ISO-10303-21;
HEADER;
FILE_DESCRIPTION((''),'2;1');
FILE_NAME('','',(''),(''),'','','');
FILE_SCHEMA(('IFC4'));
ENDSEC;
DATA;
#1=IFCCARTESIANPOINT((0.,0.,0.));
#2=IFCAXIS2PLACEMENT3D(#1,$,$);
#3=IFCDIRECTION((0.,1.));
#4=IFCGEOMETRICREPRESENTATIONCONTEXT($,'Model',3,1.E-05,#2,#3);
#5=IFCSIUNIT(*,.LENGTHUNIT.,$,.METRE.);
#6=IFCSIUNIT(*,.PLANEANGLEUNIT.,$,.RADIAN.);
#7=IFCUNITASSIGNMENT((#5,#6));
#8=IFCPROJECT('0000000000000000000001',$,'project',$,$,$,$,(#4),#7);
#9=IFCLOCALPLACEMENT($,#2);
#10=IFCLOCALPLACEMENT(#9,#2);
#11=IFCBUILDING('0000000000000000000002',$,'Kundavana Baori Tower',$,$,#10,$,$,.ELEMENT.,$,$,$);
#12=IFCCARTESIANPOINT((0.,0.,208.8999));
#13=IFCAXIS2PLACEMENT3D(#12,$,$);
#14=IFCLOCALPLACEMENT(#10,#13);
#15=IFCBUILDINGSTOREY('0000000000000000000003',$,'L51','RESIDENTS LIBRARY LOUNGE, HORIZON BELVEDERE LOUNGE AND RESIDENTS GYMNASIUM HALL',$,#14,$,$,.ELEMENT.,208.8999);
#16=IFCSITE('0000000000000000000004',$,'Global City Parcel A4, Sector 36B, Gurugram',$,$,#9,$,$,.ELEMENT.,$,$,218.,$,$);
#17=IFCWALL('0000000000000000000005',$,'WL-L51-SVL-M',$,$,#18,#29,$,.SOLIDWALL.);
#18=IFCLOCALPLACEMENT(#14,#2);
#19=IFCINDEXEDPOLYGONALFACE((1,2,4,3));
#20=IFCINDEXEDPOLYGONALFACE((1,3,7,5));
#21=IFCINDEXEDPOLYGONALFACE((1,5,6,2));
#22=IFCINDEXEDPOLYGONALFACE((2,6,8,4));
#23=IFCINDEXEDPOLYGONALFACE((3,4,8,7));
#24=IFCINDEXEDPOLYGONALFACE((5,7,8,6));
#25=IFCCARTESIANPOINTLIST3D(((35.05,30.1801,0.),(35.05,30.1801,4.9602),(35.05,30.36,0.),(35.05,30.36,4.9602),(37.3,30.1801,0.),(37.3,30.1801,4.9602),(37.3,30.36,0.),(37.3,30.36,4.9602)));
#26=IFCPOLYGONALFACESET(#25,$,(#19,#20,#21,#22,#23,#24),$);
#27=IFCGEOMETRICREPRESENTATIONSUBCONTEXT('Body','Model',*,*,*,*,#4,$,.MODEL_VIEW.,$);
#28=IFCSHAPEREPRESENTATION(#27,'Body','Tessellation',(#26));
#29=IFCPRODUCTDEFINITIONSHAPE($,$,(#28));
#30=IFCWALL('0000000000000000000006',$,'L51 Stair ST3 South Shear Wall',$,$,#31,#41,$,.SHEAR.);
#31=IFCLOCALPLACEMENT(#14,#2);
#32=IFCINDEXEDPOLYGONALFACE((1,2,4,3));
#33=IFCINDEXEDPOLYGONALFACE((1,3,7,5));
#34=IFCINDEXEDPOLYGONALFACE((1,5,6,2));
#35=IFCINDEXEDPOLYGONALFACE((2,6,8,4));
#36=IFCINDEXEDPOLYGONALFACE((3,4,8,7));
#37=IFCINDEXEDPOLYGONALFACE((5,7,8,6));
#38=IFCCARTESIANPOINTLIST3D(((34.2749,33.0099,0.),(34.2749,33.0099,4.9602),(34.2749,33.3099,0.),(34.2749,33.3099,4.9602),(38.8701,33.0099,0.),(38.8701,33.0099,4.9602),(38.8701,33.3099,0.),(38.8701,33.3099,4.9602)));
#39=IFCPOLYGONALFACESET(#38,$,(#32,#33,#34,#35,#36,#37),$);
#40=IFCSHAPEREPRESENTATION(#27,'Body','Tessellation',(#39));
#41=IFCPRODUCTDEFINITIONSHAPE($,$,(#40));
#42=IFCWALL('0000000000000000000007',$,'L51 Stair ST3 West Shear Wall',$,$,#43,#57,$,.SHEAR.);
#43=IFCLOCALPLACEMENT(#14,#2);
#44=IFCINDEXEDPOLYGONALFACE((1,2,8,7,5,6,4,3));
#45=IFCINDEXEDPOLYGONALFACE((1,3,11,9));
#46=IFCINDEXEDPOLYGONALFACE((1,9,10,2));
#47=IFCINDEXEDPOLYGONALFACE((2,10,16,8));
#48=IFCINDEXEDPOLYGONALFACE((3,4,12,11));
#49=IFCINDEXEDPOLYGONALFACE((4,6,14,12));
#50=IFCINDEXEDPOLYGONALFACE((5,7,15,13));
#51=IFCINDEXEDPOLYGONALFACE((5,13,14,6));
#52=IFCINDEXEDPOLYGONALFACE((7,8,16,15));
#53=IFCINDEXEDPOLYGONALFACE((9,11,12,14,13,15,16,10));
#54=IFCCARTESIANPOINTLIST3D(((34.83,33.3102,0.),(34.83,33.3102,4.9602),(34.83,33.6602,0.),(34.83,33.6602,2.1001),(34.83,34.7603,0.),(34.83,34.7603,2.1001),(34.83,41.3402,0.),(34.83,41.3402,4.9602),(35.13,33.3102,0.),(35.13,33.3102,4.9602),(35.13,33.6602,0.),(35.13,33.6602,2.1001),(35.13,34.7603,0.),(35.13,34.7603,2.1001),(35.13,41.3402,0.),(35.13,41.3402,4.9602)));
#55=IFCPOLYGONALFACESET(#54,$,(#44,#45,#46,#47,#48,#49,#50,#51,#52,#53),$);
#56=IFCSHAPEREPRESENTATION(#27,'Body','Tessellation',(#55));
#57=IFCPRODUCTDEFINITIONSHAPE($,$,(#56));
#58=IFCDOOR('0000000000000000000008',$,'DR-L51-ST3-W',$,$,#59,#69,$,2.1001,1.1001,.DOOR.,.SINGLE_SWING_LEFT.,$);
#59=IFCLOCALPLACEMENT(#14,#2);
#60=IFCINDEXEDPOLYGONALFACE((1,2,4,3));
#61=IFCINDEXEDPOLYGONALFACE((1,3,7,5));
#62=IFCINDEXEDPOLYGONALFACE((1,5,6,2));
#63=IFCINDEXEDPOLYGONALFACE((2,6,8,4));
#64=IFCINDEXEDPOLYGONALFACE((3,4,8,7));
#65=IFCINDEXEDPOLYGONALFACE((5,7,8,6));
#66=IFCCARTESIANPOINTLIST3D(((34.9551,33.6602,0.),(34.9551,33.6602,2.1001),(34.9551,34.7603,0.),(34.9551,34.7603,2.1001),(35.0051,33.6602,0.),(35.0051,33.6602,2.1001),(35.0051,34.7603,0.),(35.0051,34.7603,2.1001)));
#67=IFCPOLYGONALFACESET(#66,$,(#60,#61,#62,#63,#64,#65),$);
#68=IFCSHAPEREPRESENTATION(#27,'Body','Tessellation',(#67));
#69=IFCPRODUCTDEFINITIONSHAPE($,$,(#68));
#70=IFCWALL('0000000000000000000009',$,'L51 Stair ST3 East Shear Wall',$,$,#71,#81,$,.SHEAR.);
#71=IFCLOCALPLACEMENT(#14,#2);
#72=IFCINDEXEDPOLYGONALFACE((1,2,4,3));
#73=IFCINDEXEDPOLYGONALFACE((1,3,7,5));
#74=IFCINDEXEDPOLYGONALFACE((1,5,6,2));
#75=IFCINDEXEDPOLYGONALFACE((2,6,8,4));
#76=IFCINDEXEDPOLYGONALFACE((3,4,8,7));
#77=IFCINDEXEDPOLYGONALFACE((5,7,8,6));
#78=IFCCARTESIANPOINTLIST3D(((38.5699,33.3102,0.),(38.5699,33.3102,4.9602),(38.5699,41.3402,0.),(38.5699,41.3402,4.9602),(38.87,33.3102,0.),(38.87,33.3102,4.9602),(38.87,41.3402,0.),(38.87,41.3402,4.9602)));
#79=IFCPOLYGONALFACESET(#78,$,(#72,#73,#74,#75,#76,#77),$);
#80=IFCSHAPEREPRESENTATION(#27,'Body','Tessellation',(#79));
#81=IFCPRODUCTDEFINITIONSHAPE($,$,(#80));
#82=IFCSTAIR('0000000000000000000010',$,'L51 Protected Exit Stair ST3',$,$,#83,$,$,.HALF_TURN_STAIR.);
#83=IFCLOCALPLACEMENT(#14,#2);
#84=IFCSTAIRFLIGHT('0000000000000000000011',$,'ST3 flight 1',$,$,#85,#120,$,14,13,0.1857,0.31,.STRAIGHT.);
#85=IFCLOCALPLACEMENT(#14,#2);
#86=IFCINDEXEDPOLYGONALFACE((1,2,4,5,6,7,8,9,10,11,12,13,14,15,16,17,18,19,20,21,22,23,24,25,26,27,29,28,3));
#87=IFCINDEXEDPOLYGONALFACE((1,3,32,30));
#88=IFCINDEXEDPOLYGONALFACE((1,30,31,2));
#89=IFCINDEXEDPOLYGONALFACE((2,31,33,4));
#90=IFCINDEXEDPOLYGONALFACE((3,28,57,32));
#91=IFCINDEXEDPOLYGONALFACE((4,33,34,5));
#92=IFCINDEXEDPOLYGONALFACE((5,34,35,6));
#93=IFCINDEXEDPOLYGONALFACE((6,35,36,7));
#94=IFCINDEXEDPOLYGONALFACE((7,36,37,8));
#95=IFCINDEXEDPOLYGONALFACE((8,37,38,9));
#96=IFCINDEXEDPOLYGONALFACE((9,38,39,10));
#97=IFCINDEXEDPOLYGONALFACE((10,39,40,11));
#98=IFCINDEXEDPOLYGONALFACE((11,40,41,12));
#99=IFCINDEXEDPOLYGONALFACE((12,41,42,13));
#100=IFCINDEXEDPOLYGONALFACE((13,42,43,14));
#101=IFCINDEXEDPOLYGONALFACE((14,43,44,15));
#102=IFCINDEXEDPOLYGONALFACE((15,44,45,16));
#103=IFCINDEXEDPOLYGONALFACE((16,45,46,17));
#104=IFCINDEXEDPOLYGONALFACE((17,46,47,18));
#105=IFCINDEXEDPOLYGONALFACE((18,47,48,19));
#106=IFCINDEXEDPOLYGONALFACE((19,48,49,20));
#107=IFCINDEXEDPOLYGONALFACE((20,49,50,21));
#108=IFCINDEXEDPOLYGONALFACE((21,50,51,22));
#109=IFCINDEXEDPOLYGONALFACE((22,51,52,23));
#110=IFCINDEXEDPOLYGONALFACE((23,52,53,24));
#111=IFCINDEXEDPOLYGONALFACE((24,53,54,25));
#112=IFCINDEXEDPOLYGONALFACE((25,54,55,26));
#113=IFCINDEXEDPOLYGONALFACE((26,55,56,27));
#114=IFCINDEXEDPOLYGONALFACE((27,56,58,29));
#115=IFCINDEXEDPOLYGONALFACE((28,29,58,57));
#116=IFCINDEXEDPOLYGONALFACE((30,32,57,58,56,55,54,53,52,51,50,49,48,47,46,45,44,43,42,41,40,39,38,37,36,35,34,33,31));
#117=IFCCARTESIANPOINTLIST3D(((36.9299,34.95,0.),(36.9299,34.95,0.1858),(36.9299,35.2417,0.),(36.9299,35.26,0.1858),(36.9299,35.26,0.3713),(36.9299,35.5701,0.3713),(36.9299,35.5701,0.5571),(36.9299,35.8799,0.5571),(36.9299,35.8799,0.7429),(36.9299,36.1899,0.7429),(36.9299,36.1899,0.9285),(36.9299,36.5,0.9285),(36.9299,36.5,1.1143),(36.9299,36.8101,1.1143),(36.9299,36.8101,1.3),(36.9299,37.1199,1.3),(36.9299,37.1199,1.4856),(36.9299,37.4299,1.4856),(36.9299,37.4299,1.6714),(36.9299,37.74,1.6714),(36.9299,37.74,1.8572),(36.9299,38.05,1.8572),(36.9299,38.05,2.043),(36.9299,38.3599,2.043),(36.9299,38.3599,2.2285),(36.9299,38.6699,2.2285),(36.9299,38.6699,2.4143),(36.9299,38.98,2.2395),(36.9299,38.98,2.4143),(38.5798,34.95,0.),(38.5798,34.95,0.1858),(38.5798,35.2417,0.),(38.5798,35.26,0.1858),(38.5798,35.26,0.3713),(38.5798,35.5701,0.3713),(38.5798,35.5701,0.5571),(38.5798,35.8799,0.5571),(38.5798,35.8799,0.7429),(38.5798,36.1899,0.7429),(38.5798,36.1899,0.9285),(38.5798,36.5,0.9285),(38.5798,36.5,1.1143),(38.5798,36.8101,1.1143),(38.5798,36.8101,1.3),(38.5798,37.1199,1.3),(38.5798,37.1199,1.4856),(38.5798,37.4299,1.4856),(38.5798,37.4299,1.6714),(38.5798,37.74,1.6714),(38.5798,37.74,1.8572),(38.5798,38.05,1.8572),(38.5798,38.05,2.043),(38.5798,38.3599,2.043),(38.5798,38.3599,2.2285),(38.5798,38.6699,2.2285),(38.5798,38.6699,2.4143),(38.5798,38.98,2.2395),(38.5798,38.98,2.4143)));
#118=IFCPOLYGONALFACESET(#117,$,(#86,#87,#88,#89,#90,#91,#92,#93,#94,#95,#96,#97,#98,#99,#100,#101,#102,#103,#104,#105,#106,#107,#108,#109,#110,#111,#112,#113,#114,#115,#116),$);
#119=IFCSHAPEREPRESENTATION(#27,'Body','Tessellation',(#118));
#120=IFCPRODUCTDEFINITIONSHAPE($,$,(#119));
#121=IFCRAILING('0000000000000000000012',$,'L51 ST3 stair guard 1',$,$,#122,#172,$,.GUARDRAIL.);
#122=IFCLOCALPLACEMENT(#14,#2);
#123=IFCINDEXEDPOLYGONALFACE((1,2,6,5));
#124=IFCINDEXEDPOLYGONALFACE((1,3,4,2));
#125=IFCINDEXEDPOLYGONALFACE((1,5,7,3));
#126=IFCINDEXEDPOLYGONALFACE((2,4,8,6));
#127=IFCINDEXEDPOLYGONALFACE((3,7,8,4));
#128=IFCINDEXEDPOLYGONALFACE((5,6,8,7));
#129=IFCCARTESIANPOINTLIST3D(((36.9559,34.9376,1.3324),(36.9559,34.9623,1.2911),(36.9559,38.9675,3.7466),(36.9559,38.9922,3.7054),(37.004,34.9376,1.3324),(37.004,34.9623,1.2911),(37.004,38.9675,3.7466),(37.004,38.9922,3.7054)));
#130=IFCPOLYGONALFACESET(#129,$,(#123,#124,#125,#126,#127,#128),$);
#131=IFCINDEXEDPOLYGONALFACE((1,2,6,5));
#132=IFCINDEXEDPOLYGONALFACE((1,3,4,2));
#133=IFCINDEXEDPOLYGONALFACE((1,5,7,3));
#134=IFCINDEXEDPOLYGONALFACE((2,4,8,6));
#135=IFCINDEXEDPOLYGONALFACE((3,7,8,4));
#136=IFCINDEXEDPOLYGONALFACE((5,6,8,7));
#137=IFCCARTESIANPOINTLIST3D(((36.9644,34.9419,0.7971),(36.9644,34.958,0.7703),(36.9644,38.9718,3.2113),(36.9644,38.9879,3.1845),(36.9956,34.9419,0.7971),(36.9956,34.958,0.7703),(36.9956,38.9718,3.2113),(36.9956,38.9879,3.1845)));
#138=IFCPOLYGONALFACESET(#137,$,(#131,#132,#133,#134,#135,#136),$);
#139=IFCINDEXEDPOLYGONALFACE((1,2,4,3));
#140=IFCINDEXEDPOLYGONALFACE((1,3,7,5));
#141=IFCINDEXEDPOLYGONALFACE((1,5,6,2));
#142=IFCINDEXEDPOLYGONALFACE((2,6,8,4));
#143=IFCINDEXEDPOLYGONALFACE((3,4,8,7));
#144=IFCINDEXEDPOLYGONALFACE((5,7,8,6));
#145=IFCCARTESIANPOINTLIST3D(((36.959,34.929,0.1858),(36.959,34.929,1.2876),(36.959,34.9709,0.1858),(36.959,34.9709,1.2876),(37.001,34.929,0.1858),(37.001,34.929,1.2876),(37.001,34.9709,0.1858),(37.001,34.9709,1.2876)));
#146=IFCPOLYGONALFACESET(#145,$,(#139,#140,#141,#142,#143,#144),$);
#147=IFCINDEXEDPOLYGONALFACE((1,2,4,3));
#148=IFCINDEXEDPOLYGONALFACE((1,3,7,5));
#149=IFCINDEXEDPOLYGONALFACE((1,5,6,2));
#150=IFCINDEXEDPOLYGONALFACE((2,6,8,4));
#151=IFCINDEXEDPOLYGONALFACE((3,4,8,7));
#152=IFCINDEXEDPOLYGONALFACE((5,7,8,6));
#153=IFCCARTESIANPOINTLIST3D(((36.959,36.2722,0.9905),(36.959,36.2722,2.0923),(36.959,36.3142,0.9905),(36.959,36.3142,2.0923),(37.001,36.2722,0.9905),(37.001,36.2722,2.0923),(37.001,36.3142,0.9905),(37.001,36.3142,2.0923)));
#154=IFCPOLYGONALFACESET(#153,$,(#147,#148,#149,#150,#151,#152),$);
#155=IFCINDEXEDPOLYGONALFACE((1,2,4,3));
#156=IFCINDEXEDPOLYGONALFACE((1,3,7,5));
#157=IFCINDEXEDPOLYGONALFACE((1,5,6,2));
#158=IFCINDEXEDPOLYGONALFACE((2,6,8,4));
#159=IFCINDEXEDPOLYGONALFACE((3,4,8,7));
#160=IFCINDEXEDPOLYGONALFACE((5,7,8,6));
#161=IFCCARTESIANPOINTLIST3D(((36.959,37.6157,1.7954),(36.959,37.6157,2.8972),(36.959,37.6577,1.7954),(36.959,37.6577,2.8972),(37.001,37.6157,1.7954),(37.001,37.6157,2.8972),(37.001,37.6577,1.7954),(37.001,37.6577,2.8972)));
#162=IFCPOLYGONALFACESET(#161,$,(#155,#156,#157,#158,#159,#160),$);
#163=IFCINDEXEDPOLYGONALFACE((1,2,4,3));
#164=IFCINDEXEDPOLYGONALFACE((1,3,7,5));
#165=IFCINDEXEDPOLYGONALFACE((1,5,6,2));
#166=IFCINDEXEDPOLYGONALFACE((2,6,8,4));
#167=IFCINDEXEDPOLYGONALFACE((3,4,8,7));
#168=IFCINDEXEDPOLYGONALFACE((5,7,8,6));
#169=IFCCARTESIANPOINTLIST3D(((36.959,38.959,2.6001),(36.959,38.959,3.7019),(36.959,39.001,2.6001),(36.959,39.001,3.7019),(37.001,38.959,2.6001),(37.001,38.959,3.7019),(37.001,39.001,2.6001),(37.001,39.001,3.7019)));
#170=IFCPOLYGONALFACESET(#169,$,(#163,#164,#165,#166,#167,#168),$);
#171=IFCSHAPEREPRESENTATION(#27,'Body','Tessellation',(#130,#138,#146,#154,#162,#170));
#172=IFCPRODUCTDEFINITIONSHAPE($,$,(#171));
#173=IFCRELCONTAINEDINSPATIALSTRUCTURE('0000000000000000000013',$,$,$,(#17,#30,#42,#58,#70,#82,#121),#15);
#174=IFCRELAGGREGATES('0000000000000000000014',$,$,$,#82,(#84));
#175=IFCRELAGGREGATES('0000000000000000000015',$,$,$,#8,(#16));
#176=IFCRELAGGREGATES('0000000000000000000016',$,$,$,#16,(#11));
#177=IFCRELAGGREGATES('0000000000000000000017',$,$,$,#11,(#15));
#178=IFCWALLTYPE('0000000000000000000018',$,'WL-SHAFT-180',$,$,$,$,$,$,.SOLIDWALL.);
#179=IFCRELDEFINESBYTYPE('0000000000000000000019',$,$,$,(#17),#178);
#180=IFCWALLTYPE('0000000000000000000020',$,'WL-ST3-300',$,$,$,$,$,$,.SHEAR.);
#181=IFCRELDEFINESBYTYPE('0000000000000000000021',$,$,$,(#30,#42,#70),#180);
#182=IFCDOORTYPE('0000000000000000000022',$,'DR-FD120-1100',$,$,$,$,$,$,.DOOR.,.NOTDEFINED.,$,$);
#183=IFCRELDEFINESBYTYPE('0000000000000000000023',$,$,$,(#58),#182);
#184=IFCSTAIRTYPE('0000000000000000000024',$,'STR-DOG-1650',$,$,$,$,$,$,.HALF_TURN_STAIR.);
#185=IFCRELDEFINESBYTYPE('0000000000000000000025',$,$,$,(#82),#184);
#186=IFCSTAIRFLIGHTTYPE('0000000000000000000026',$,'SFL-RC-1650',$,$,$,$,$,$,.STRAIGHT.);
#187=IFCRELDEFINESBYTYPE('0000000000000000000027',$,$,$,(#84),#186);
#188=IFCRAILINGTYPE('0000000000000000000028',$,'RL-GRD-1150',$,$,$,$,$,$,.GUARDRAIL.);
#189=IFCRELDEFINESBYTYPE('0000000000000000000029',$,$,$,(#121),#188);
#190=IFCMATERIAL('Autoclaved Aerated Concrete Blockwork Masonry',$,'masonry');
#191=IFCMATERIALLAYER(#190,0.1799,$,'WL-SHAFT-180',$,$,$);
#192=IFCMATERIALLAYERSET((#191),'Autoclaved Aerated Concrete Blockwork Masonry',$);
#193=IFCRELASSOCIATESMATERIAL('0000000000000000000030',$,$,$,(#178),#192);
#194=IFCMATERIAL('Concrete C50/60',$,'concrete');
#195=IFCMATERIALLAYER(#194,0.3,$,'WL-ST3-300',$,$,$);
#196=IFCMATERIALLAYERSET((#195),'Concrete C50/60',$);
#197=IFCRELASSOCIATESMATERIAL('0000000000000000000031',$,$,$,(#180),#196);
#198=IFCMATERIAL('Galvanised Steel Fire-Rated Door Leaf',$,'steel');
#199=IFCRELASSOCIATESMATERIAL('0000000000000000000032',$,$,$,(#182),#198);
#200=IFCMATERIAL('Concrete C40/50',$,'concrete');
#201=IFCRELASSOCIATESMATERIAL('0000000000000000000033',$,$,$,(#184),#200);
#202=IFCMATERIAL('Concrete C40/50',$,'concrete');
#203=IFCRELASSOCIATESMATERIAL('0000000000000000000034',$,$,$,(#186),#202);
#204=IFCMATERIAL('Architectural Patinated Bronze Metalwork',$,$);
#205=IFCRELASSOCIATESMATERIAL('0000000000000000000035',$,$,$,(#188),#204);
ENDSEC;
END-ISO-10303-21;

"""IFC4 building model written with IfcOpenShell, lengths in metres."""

from ifc_helpers import new_model, si_unit, direction, frame, frame_2d, origin, origin_2d, place, context, subcontext, project, spatial, polyline, rectangle, outline, extrude, material, layer, layer_set, type_object, element, fill, aggregate, save


model = new_model("IFC4")

# Units and contexts
model_context = context("Model", 3, precision=1e-05, world=origin(), true_north=direction((0.0, 1.0)))
body_context = subcontext(model_context, "Body", "Model", "MODEL_VIEW")
ifc_project = project(units=[si_unit("LENGTHUNIT", "METRE"), si_unit("PLANEANGLEUNIT", "RADIAN")], contexts=[model_context])

# Site, building, storey
site_placement = place(None, origin())
site = spatial("IfcSite", under=ifc_project, at=site_placement, Name="Global City Parcel A4, Sector 36B, Gurugram", CompositionType="ELEMENT", RefElevation=218.0)
building_placement = place(site_placement, origin())
building = spatial("IfcBuilding", under=site, at=building_placement, Name="Kundavana Baori Tower", CompositionType="ELEMENT")
storey_placement = place(building_placement, frame((0.0, 0.0, 208.8999)))
storey = spatial("IfcBuildingStorey", under=building, at=storey_placement, Name="L51", Description="RESIDENTS LIBRARY LOUNGE, HORIZON BELVEDERE LOUNGE AND RESIDENTS GYMNASIUM HALL", CompositionType="ELEMENT", Elevation=208.8999)

# Shared definitions
ifc_material_1 = material(Name="Autoclaved Aerated Concrete Blockwork Masonry", Category="masonry")
ifc_layer_1 = layer(ifc_material_1, 0.1799, Name="WL-SHAFT-180")
ifc_layer_set_1 = layer_set([ifc_layer_1], Name="Autoclaved Aerated Concrete Blockwork Masonry")
wall_type_1 = type_object("IfcWallType", Name="WL-SHAFT-180", PredefinedType="SOLIDWALL", material=ifc_layer_set_1)

# Walls
for number, where, z_axis, x_axis, name in (
    (1, (35.05, 30.27, 0.0), (0.0, 0.0, 1.0), (1.0, 0.0, 0.0), "WL-L51-SVL-M"),
):
    element("IfcWall", number, at=place(storey_placement, frame(where, z_axis=z_axis, x_axis=x_axis)), inside=storey, type_object=wall_type_1, Name=name, PredefinedType="SOLIDWALL", context=body_context, shape_type="SweptSolid", body=[
        extrude(rectangle(XDim=2.25, YDim=0.1799, at=frame_2d((1.125, 0.0))), origin(), (0.0, 0.0, 1.0), 4.9602),
    ])
ifc_material_2 = material(Name="Concrete C50/60", Category="concrete")
ifc_layer_2 = layer(ifc_material_2, 0.3, Name="WL-ST3-300")
ifc_layer_set_2 = layer_set([ifc_layer_2], Name="Concrete C50/60")
wall_type_2 = type_object("IfcWallType", Name="WL-ST3-300", PredefinedType="SHEAR", material=ifc_layer_set_2)
wall_1_placement = place(storey_placement, frame((34.2749, 33.1599, 0.0), z_axis=(0.0, 0.0, 1.0), x_axis=(1.0, 0.0, 0.0)))
element("IfcWall", 2, at=wall_1_placement, inside=storey, type_object=wall_type_2, Name="L51 Stair ST3 South Shear Wall", PredefinedType="SHEAR", context=body_context, shape_type="SweptSolid", body=[
    extrude(rectangle(XDim=4.5952, YDim=0.3, at=frame_2d((2.2976, 0.0))), origin(), (0.0, 0.0, 1.0), 4.9602),
])

# Wall, opening, door
wall_2_placement = place(storey_placement, frame((34.98, 33.3101, 0.0), z_axis=(0.0, 0.0, 1.0), x_axis=(0.0, 1.0, 0.0)))
wall_2 = element("IfcWall", 3, at=wall_2_placement, inside=storey, type_object=wall_type_2, Name="L51 Stair ST3 West Shear Wall", PredefinedType="SHEAR", context=body_context, shape_type="SweptSolid", body=[
    extrude(rectangle(XDim=8.03, YDim=0.3, at=frame_2d((4.0151, 0.0))), origin(), (0.0, 0.0, 1.0), 4.9602),
])
opening_1_placement = place(wall_2_placement, frame((0.3501, 0.0, 0.0)))
opening_1 = element("IfcOpeningElement", 4, at=opening_1_placement, cuts=wall_2, PredefinedType="OPENING", context=body_context, shape_type="SweptSolid", body=[
    extrude(rectangle(XDim=1.1001, YDim=2.1001, at=frame_2d((0.55, 1.05))), frame((0.0, 0.1602, 0.0), z_axis=(0.0, -1.0, 0.0), x_axis=(1.0, 0.0, 0.0)), (0.0, 0.0, 1.0), 0.3201),
])
ifc_material_3 = material(Name="Galvanised Steel Fire-Rated Door Leaf", Category="steel")
door_type_1 = type_object("IfcDoorType", Name="DR-FD120-1100", OperationType="NOTDEFINED", PredefinedType="DOOR", material=ifc_material_3)
door_1_placement = place(opening_1_placement, origin())
door_1 = element("IfcDoor", 5, at=door_1_placement, inside=storey, type_object=door_type_1, Name="DR-L51-ST3-W", OperationType="SINGLE_SWING_LEFT", OverallHeight=2.1001, OverallWidth=1.1001, PredefinedType="DOOR", context=body_context, shape_type="SweptSolid", body=[
    extrude(rectangle(XDim=1.1001, YDim=2.1001, at=frame_2d((0.55, 1.05))), frame((0.0, 0.0249, 0.0), z_axis=(0.0, -1.0, 0.0), x_axis=(1.0, 0.0, 0.0)), (0.0, 0.0, 1.0), 0.05),
])
fill(opening_1, door_1)

# Wall
wall_3_placement = place(storey_placement, frame((38.72, 33.3101, 0.0), z_axis=(0.0, 0.0, 1.0), x_axis=(0.0, 1.0, 0.0)))
element("IfcWall", 6, at=wall_3_placement, inside=storey, type_object=wall_type_2, Name="L51 Stair ST3 East Shear Wall", PredefinedType="SHEAR", context=body_context, shape_type="SweptSolid", body=[
    extrude(rectangle(XDim=8.03, YDim=0.3, at=frame_2d((4.0151, 0.0))), origin(), (0.0, 0.0, 1.0), 4.9602),
])

# Stair, stair flight
ifc_material_4 = material(Name="Concrete C40/50", Category="concrete")
stair_type = type_object("IfcStairType", Name="STR-DOG-1650", PredefinedType="HALF_TURN_STAIR", material=ifc_material_4)
stair_placement = place(storey_placement, origin())
stair = element("IfcStair", 7, at=stair_placement, inside=storey, type_object=stair_type, Name="L51 Protected Exit Stair ST3", PredefinedType="HALF_TURN_STAIR")
ifc_material_5 = material(Name="Concrete C40/50", Category="concrete")
stair_flight_type = type_object("IfcStairFlightType", Name="SFL-RC-1650", PredefinedType="STRAIGHT", material=ifc_material_5)
stair_flight_placement = place(storey_placement, frame((37.7549, 34.95, 0.0), z_axis=(0.0, 0.0, 1.0), x_axis=(0.0, 1.0, 0.0)))
stair_flight = element("IfcStairFlight", 8, at=stair_flight_placement, type_object=stair_flight_type, Name="ST3 flight 1", NumberOfRisers=14, NumberOfTreads=13, PredefinedType="STRAIGHT", RiserHeight=0.1857, TreadLength=0.31, context=body_context, shape_type="SweptSolid", body=[
    extrude(outline(polyline([(0.0, 0.0), (0.0, 0.1858), (0.3101, 0.1858), (0.3101, 0.3713), (0.6201, 0.3713), (0.6201, 0.5571), (0.9299, 0.5571), (0.9299, 0.7429), (1.24, 0.7429), (1.24, 0.9285), (1.55, 0.9285), (1.55, 1.1143), (1.8601, 1.1143), (1.8601, 1.3), (2.1699, 1.3), (2.1699, 1.4856), (2.48, 1.4856), (2.48, 1.6714), (2.79, 1.6714), (2.79, 1.8572), (3.1001, 1.8572), (3.1001, 2.043), (3.4099, 2.043), (3.4099, 2.2285), (3.72, 2.2285), (3.72, 2.4143), (4.03, 2.4143), (4.03, 2.6001), (4.03, 2.2395), (0.2917, 0.0), (0.0, 0.0)])), frame((0.0, 0.825, 0.0), z_axis=(0.0, -1.0, 0.0), x_axis=(1.0, 0.0, 0.0)), (0.0, 0.0, 1.0), 1.6499),
])
aggregate(stair, [stair_flight])

# Railing
ifc_material_6 = material(Name="Architectural Patinated Bronze Metalwork")
railing_type_1 = type_object("IfcRailingType", Name="RL-GRD-1150", PredefinedType="GUARDRAIL", material=ifc_material_6)
railing_1_placement = place(storey_placement, frame((36.98, 34.95, 0.1858)))
element("IfcRailing", 9, at=railing_1_placement, inside=storey, type_object=railing_type_1, Name="L51 ST3 stair guard 1", PredefinedType="GUARDRAIL", context=body_context, shape_type="SweptSolid", body=[
    extrude(rectangle(XDim=0.0481, YDim=0.0481, at=origin_2d()), frame((0.0, 0.0, 1.126), z_axis=(0.0, 0.857841, 0.513915), x_axis=(-1.0, 0.0, 0.0)), (0.0, 0.0, 1.0), 4.6978),
    extrude(rectangle(XDim=0.0312, YDim=0.0312, at=origin_2d()), frame((0.0, 0.0, 0.5979), z_axis=(0.0, 0.857841, 0.513915), x_axis=(-1.0, 0.0, 0.0)), (0.0, 0.0, 1.0), 4.6978),
    extrude(rectangle(XDim=0.042, YDim=0.042, at=origin_2d()), origin(), (0.0, 0.0, 1.0), 1.1018),
    extrude(rectangle(XDim=0.042, YDim=0.042, at=origin_2d()), frame((0.0, 1.3433, 0.8047)), (0.0, 0.0, 1.0), 1.1018),
    extrude(rectangle(XDim=0.042, YDim=0.042, at=origin_2d()), frame((0.0, 2.6868, 1.6096)), (0.0, 0.0, 1.0), 1.1018),
    extrude(rectangle(XDim=0.042, YDim=0.042, at=origin_2d()), frame((0.0, 4.03, 2.4143)), (0.0, 0.0, 1.0), 1.1018),
])

save(model, "model.ifc")
